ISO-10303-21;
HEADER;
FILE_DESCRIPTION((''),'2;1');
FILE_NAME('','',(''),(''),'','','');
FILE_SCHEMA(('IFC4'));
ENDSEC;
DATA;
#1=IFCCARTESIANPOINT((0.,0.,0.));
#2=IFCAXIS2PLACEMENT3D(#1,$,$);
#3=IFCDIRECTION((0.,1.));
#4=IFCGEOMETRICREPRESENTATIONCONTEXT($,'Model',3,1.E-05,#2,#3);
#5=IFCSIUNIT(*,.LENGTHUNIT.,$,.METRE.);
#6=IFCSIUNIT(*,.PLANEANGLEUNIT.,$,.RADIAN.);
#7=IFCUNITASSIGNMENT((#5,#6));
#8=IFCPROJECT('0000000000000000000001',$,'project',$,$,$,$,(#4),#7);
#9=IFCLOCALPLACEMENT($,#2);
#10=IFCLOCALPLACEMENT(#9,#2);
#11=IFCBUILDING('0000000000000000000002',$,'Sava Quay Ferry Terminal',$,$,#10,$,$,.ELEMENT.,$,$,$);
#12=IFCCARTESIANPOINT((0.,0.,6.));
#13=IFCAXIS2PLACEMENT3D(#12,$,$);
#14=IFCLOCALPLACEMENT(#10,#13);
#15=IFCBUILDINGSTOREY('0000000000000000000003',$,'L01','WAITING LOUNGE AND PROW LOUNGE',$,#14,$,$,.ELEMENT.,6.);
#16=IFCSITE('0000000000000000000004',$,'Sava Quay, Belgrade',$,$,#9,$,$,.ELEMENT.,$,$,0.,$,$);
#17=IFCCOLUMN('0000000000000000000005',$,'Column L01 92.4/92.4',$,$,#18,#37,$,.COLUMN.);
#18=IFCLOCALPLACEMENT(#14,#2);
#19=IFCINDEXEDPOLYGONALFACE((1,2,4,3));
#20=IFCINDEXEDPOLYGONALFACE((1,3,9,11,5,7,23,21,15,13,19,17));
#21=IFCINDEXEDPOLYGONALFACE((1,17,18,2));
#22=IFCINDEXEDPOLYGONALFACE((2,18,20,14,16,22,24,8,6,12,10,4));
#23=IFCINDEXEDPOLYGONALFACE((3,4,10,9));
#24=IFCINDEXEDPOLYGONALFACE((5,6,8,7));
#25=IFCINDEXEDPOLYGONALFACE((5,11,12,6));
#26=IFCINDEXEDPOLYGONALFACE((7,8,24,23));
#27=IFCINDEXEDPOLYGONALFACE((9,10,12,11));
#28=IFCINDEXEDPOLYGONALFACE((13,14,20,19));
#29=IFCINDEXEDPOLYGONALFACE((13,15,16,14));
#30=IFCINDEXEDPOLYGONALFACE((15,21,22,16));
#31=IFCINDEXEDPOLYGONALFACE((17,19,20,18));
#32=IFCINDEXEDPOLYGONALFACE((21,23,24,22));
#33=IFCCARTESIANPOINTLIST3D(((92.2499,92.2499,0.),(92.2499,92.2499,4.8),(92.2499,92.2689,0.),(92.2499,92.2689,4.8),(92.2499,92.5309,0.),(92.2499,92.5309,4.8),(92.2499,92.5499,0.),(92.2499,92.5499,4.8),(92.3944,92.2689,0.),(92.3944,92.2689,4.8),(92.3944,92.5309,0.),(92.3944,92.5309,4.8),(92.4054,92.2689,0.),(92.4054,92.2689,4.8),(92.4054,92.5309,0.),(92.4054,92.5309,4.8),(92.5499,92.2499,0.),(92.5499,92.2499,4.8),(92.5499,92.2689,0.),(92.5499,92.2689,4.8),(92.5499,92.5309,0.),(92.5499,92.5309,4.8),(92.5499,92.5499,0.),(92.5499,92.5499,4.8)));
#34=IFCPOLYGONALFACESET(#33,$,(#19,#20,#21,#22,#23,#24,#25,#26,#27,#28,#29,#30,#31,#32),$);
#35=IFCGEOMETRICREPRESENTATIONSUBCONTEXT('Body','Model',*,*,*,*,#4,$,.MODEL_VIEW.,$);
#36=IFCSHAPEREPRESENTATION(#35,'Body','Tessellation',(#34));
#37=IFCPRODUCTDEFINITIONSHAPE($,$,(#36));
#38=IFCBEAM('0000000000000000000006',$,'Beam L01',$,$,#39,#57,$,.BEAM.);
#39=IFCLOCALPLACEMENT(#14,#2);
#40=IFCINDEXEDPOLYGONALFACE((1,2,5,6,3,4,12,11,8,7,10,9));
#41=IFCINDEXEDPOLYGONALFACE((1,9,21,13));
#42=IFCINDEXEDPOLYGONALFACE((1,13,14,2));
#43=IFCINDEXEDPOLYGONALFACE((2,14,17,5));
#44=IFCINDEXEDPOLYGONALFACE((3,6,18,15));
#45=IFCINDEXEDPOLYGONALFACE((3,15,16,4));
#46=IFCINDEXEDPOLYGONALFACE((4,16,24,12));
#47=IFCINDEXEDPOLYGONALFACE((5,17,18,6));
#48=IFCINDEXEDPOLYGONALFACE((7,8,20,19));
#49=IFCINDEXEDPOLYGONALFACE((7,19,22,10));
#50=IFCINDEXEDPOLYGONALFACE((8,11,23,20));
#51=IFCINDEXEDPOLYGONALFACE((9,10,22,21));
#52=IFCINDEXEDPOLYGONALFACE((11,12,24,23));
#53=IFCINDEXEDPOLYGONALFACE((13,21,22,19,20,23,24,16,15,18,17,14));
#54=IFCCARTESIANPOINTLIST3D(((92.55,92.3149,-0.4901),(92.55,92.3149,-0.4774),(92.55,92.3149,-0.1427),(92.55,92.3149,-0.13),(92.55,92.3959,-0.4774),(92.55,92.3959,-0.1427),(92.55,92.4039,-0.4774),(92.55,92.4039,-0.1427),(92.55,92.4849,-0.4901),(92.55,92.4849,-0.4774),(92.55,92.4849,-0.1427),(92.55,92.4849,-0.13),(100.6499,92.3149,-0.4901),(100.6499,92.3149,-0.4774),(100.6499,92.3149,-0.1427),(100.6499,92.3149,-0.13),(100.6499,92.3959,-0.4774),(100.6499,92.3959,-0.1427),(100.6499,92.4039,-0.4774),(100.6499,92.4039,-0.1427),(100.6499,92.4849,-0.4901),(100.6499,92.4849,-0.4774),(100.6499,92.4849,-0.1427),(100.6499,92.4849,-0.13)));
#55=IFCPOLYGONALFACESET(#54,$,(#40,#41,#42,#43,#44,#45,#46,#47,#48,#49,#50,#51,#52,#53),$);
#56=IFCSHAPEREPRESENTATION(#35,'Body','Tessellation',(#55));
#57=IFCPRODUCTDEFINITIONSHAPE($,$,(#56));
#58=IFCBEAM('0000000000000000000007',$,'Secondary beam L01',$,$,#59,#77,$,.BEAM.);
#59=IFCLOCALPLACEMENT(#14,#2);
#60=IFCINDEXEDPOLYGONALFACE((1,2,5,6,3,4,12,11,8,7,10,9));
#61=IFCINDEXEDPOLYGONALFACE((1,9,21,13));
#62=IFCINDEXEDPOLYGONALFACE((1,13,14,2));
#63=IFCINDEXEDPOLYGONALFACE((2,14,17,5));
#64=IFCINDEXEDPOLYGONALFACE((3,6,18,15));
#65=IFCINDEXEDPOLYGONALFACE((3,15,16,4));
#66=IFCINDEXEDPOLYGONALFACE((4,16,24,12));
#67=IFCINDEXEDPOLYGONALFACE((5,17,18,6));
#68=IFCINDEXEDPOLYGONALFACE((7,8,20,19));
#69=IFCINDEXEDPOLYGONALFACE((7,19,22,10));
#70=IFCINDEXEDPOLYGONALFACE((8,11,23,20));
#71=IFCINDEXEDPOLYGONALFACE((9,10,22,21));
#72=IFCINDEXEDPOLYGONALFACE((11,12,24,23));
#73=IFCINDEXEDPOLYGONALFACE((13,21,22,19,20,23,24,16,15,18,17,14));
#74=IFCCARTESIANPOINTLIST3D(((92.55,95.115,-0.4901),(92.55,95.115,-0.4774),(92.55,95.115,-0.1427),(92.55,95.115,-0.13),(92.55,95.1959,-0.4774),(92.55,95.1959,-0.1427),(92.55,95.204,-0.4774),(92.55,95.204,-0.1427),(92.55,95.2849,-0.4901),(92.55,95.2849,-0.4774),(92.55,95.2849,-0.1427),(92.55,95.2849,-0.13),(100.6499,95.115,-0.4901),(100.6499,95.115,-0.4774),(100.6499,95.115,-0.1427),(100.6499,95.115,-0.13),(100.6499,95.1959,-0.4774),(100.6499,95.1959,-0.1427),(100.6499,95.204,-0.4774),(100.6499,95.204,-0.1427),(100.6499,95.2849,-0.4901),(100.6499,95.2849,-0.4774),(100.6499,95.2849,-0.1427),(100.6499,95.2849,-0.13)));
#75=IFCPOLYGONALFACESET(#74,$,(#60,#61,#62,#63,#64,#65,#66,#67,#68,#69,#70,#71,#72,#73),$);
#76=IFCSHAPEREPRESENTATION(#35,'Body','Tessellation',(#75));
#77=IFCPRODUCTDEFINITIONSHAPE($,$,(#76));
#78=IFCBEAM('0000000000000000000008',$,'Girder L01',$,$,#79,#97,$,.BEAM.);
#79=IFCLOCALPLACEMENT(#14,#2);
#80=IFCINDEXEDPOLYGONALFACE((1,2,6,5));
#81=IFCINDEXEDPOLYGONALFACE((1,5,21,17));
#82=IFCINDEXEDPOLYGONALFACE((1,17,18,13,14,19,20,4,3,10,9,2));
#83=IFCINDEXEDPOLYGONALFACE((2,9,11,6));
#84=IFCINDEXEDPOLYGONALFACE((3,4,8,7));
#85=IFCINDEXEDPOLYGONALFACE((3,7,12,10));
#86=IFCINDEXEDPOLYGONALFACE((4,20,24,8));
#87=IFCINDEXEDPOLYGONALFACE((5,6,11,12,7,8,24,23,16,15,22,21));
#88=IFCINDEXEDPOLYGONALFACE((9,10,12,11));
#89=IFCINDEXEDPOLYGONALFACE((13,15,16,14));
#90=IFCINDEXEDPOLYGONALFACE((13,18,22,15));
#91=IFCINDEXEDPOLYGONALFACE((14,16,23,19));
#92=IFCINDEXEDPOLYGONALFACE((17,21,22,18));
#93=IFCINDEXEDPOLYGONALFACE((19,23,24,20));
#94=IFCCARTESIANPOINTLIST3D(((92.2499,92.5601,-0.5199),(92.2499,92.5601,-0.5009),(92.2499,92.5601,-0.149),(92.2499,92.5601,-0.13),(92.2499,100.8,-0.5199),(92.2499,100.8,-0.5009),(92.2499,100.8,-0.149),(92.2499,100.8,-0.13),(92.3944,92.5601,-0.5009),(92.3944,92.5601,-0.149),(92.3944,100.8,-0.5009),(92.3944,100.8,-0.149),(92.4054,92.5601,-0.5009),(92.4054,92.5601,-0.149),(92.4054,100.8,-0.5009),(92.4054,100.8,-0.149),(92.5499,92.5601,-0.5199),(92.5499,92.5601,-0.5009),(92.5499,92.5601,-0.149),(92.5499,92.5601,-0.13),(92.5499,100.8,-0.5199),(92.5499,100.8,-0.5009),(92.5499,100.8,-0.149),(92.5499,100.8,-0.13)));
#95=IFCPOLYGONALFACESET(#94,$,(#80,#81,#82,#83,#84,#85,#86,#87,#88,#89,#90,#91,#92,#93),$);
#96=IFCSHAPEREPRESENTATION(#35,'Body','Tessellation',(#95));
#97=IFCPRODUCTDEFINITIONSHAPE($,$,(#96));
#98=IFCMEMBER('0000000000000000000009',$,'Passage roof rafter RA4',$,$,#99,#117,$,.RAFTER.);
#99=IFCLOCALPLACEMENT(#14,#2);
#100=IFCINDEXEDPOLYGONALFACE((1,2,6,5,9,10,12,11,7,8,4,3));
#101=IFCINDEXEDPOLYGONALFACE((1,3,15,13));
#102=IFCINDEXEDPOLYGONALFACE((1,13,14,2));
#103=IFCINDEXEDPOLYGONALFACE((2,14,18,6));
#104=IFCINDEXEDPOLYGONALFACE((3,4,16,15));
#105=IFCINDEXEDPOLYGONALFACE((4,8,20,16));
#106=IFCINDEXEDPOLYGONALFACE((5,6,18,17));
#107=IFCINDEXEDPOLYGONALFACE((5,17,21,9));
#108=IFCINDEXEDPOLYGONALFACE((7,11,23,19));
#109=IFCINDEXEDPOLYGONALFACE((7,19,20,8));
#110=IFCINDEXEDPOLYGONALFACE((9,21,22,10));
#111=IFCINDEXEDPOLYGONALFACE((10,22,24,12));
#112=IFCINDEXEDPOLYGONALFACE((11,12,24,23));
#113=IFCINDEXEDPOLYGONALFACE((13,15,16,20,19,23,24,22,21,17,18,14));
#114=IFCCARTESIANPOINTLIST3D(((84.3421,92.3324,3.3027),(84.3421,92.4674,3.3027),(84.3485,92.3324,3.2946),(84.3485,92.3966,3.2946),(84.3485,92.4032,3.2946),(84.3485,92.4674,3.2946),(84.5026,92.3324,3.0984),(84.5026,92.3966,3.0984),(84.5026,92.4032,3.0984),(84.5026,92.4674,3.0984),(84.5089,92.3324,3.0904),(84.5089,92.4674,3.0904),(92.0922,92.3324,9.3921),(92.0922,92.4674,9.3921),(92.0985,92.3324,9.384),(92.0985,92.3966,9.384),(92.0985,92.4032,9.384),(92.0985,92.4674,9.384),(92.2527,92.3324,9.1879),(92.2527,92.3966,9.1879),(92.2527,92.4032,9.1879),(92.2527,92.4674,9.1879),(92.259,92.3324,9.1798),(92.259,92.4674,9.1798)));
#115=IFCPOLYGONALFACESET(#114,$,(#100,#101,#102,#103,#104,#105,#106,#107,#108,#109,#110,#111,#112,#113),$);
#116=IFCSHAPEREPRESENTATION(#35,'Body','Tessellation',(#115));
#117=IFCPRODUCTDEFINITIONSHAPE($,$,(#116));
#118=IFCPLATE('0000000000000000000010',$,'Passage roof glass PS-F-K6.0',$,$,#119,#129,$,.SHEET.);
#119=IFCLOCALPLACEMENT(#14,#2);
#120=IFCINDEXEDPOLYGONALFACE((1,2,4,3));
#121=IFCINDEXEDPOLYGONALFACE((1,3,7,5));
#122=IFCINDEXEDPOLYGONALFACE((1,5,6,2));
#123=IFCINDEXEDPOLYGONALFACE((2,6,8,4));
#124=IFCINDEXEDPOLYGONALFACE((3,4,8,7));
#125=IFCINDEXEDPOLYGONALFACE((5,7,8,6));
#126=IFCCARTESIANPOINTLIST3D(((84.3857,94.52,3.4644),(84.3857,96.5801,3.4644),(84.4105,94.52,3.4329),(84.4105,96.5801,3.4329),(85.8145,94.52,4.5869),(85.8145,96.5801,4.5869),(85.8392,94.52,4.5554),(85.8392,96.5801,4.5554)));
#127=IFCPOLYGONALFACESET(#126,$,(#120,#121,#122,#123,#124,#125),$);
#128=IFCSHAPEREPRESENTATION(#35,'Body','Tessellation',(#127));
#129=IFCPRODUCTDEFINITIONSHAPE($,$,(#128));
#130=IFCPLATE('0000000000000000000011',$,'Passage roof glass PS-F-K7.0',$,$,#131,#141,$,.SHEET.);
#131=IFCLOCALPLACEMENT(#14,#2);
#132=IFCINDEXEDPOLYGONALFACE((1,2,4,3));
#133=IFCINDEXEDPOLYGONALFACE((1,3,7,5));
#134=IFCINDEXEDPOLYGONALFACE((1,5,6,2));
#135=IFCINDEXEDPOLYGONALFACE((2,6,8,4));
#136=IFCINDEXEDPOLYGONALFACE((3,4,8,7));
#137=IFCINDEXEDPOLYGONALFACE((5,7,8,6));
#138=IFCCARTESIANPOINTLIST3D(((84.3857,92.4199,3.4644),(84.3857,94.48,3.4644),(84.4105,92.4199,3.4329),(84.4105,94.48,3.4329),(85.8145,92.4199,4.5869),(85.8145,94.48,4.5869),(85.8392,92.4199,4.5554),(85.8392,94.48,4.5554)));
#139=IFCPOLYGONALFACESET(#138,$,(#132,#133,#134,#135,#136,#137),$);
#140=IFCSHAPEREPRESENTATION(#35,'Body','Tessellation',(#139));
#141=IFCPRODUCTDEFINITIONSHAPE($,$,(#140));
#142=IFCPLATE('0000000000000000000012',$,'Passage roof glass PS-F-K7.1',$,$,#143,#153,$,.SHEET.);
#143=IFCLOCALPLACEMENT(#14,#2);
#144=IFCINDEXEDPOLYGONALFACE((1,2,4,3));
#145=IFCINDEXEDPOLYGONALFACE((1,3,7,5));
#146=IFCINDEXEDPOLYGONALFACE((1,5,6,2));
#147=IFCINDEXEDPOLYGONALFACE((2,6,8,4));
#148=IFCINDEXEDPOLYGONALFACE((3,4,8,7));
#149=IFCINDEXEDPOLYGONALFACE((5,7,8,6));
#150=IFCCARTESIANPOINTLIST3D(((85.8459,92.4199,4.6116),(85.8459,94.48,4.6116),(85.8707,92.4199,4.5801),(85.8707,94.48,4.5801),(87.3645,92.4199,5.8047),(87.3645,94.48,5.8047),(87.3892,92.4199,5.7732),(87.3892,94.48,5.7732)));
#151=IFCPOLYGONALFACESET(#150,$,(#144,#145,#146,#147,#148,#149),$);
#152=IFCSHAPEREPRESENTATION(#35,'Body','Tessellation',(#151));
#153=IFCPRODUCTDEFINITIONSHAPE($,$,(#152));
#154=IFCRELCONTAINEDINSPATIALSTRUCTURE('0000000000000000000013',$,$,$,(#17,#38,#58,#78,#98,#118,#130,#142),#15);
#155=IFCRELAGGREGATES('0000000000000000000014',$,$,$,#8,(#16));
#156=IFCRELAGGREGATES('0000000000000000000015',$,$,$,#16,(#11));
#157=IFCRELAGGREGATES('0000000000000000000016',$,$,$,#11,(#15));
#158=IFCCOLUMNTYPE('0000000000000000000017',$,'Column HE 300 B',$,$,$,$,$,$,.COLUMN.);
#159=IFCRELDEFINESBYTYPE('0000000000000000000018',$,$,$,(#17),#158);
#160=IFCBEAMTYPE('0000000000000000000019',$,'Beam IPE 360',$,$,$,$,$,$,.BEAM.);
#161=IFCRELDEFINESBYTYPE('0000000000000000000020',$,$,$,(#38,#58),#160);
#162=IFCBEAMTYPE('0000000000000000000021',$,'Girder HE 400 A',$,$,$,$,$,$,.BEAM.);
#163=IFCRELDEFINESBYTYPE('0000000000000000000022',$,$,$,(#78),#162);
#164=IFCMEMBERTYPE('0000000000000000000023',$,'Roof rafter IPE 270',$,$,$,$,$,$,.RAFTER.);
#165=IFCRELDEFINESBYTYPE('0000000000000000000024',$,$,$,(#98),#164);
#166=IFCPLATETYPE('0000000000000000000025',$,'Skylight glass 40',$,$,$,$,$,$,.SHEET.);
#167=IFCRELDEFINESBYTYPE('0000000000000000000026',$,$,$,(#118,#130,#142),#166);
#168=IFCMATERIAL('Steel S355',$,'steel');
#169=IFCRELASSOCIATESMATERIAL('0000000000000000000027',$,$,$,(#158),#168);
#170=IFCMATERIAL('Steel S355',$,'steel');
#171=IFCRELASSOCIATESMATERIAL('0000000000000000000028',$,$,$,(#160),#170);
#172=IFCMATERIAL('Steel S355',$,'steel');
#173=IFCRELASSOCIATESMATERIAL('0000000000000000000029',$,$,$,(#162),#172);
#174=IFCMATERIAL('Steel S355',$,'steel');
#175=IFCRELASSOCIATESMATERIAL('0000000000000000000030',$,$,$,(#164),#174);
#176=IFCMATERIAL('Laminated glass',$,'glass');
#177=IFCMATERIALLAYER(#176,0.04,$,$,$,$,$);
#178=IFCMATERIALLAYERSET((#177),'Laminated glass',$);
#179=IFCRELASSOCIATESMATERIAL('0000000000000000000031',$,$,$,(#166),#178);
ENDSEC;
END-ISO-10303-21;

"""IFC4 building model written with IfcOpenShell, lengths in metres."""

from ifc_helpers import new_model, si_unit, direction, frame, origin, origin_2d, place, context, subcontext, project, spatial, polyline, i_section, outline, extrude, material, layer, layer_set, material_profile, profile_set, type_object, element, save


model = new_model("IFC4")

# Units and contexts
model_context = context("Model", 3, precision=1e-05, world=origin(), true_north=direction((0.0, 1.0)))
body_context = subcontext(model_context, "Body", "Model", "MODEL_VIEW")
ifc_project = project(units=[si_unit("LENGTHUNIT", "METRE"), si_unit("PLANEANGLEUNIT", "RADIAN")], contexts=[model_context])

# Site, building, storey
site_placement = place(None, origin())
site = spatial("IfcSite", under=ifc_project, at=site_placement, Name="Sava Quay, Belgrade", CompositionType="ELEMENT", RefElevation=0.0)
building_placement = place(site_placement, origin())
building = spatial("IfcBuilding", under=site, at=building_placement, Name="Sava Quay Ferry Terminal", CompositionType="ELEMENT")
storey_placement = place(building_placement, frame((0.0, 0.0, 6.0)))
storey = spatial("IfcBuildingStorey", under=building, at=storey_placement, Name="L01", Description="WAITING LOUNGE AND PROW LOUNGE", CompositionType="ELEMENT", Elevation=6.0)

# Column
ifc_material_1 = material(Name="Steel S355", Category="steel")
ifc_material_profile_1 = material_profile(ifc_material_1, i_section(OverallWidth=0.3, OverallDepth=0.3, WebThickness=0.011, FlangeThickness=0.019, at=origin_2d()), Name="HE 300 B")
ifc_profile_set_1 = profile_set([ifc_material_profile_1], Name="Steel S355")
column_type = type_object("IfcColumnType", Name="Column HE 300 B", PredefinedType="COLUMN", material=ifc_profile_set_1)
column_placement = place(storey_placement, frame((92.3999, 92.3999, 0.0), z_axis=(0.0, 0.0, 1.0), x_axis=(1.0, 0.0, 0.0)))
element("IfcColumn", 1, at=column_placement, inside=storey, type_object=column_type, Name="Column L01 92.4/92.4", PredefinedType="COLUMN", context=body_context, shape_type="SweptSolid", body=[
    extrude(i_section(OverallWidth=0.3, OverallDepth=0.3, WebThickness=0.011, FlangeThickness=0.019, at=origin_2d()), origin(), (0.0, 0.0, 1.0), 4.8),
])

# Beams
ifc_material_2 = material(Name="Steel S355", Category="steel")
ifc_material_profile_2 = material_profile(ifc_material_2, i_section(OverallWidth=0.1699, OverallDepth=0.3601, WebThickness=0.0081, FlangeThickness=0.0127, at=origin_2d()), Name="IPE 360")
ifc_profile_set_2 = profile_set([ifc_material_profile_2], Name="Steel S355")
beam_type_1 = type_object("IfcBeamType", Name="Beam IPE 360", PredefinedType="BEAM", material=ifc_profile_set_2)
for number, where, z_axis, x_axis, name in (
    (2, (92.55, 92.3999, -0.3101), (1.0, 0.0, 0.0), (0.0, 1.0, 0.0), "Beam L01"),
    (3, (92.55, 95.2, -0.3101), (1.0, 0.0, 0.0), (0.0, 1.0, 0.0), "Secondary beam L01"),
):
    element("IfcBeam", number, at=place(storey_placement, frame(where, z_axis=z_axis, x_axis=x_axis)), inside=storey, type_object=beam_type_1, Name=name, PredefinedType="BEAM", context=body_context, shape_type="SweptSolid", body=[
        extrude(i_section(OverallWidth=0.1699, OverallDepth=0.3601, WebThickness=0.0081, FlangeThickness=0.0127, at=origin_2d()), origin(), (0.0, 0.0, 1.0), 8.0999),
    ])
ifc_material_3 = material(Name="Steel S355", Category="steel")
ifc_material_profile_3 = material_profile(ifc_material_3, i_section(OverallWidth=0.3, OverallDepth=0.3899, WebThickness=0.011, FlangeThickness=0.019, at=origin_2d()), Name="HE 400 A")
ifc_profile_set_3 = profile_set([ifc_material_profile_3], Name="Steel S355")
beam_type_2 = type_object("IfcBeamType", Name="Girder HE 400 A", PredefinedType="BEAM", material=ifc_profile_set_3)
beam_placement = place(storey_placement, frame((92.3999, 92.5601, -0.325), z_axis=(0.0, 1.0, 0.0), x_axis=(-1.0, 0.0, 0.0)))
element("IfcBeam", 4, at=beam_placement, inside=storey, type_object=beam_type_2, Name="Girder L01", PredefinedType="BEAM", context=body_context, shape_type="SweptSolid", body=[
    extrude(i_section(OverallWidth=0.3, OverallDepth=0.3899, WebThickness=0.011, FlangeThickness=0.019, at=origin_2d()), origin(), (0.0, 0.0, 1.0), 8.24),
])

# Member
ifc_material_4 = material(Name="Steel S355", Category="steel")
ifc_material_profile_4 = material_profile(ifc_material_4, i_section(OverallWidth=0.135, OverallDepth=0.27, WebThickness=0.0066, FlangeThickness=0.0103, at=origin_2d()), Name="IPE 270")
ifc_profile_set_4 = profile_set([ifc_material_profile_4], Name="Steel S355")
member_type = type_object("IfcMemberType", Name="Roof rafter IPE 270", PredefinedType="RAFTER", material=ifc_profile_set_4)
member_placement = place(storey_placement, frame((84.4255, 92.3999, 3.1965), z_axis=(0.786315, 0.0, 0.617826), x_axis=(0.0, 1.0, 0.0)))
element("IfcMember", 5, at=member_placement, inside=storey, type_object=member_type, Name="Passage roof rafter RA4", PredefinedType="RAFTER", context=body_context, shape_type="SweptSolid", body=[
    extrude(i_section(OverallWidth=0.135, OverallDepth=0.27, WebThickness=0.0066, FlangeThickness=0.0103, at=origin_2d()), origin(), (0.0, 0.0, 1.0), 9.8562),
])

# Plates
ifc_material_5 = material(Name="Laminated glass", Category="glass")
ifc_layer_1 = layer(ifc_material_5, 0.04)
ifc_layer_set_1 = layer_set([ifc_layer_1], Name="Laminated glass")
plate_type = type_object("IfcPlateType", Name="Skylight glass 40", PredefinedType="SHEET", material=ifc_layer_set_1)
for number, where, z_axis, x_axis, name in (
    (6, (85.8145, 96.5801, 4.5869), (-0.617822, 0.0, 0.786318), (0.0, -1.0, 0.0), "Passage roof glass PS-F-K6.0"),
    (7, (85.8145, 94.48, 4.5869), (-0.617822, 0.0, 0.786318), (0.0, -1.0, 0.0), "Passage roof glass PS-F-K7.0"),
):
    element("IfcPlate", number, at=place(storey_placement, frame(where, z_axis=z_axis, x_axis=x_axis)), inside=storey, type_object=plate_type, Name=name, PredefinedType="SHEET", context=body_context, shape_type="SweptSolid", body=[
        extrude(outline(polyline([(0.0, 0.0), (2.0601, 0.0), (2.0601, -1.817), (0.0, -1.817), (0.0, 0.0)])), origin(), (0.0, 0.0, -1.0), 0.04),
    ])
plate_placement = place(storey_placement, frame((85.8459, 94.48, 4.6116), z_axis=(-0.61781, 0.0, 0.786327), x_axis=(0.786327, 0.0, 0.61781)))
element("IfcPlate", 8, at=plate_placement, inside=storey, type_object=plate_type, Name="Passage roof glass PS-F-K7.1", PredefinedType="SHEET", context=body_context, shape_type="SweptSolid", body=[
    extrude(outline(polyline([(0.0, 0.0), (1.9312, 0.0), (1.9312, -2.0601), (0.0, -2.0601), (0.0, 0.0)])), origin(), (0.0, 0.0, -1.0), 0.04),
])

save(model, "model.ifc")
